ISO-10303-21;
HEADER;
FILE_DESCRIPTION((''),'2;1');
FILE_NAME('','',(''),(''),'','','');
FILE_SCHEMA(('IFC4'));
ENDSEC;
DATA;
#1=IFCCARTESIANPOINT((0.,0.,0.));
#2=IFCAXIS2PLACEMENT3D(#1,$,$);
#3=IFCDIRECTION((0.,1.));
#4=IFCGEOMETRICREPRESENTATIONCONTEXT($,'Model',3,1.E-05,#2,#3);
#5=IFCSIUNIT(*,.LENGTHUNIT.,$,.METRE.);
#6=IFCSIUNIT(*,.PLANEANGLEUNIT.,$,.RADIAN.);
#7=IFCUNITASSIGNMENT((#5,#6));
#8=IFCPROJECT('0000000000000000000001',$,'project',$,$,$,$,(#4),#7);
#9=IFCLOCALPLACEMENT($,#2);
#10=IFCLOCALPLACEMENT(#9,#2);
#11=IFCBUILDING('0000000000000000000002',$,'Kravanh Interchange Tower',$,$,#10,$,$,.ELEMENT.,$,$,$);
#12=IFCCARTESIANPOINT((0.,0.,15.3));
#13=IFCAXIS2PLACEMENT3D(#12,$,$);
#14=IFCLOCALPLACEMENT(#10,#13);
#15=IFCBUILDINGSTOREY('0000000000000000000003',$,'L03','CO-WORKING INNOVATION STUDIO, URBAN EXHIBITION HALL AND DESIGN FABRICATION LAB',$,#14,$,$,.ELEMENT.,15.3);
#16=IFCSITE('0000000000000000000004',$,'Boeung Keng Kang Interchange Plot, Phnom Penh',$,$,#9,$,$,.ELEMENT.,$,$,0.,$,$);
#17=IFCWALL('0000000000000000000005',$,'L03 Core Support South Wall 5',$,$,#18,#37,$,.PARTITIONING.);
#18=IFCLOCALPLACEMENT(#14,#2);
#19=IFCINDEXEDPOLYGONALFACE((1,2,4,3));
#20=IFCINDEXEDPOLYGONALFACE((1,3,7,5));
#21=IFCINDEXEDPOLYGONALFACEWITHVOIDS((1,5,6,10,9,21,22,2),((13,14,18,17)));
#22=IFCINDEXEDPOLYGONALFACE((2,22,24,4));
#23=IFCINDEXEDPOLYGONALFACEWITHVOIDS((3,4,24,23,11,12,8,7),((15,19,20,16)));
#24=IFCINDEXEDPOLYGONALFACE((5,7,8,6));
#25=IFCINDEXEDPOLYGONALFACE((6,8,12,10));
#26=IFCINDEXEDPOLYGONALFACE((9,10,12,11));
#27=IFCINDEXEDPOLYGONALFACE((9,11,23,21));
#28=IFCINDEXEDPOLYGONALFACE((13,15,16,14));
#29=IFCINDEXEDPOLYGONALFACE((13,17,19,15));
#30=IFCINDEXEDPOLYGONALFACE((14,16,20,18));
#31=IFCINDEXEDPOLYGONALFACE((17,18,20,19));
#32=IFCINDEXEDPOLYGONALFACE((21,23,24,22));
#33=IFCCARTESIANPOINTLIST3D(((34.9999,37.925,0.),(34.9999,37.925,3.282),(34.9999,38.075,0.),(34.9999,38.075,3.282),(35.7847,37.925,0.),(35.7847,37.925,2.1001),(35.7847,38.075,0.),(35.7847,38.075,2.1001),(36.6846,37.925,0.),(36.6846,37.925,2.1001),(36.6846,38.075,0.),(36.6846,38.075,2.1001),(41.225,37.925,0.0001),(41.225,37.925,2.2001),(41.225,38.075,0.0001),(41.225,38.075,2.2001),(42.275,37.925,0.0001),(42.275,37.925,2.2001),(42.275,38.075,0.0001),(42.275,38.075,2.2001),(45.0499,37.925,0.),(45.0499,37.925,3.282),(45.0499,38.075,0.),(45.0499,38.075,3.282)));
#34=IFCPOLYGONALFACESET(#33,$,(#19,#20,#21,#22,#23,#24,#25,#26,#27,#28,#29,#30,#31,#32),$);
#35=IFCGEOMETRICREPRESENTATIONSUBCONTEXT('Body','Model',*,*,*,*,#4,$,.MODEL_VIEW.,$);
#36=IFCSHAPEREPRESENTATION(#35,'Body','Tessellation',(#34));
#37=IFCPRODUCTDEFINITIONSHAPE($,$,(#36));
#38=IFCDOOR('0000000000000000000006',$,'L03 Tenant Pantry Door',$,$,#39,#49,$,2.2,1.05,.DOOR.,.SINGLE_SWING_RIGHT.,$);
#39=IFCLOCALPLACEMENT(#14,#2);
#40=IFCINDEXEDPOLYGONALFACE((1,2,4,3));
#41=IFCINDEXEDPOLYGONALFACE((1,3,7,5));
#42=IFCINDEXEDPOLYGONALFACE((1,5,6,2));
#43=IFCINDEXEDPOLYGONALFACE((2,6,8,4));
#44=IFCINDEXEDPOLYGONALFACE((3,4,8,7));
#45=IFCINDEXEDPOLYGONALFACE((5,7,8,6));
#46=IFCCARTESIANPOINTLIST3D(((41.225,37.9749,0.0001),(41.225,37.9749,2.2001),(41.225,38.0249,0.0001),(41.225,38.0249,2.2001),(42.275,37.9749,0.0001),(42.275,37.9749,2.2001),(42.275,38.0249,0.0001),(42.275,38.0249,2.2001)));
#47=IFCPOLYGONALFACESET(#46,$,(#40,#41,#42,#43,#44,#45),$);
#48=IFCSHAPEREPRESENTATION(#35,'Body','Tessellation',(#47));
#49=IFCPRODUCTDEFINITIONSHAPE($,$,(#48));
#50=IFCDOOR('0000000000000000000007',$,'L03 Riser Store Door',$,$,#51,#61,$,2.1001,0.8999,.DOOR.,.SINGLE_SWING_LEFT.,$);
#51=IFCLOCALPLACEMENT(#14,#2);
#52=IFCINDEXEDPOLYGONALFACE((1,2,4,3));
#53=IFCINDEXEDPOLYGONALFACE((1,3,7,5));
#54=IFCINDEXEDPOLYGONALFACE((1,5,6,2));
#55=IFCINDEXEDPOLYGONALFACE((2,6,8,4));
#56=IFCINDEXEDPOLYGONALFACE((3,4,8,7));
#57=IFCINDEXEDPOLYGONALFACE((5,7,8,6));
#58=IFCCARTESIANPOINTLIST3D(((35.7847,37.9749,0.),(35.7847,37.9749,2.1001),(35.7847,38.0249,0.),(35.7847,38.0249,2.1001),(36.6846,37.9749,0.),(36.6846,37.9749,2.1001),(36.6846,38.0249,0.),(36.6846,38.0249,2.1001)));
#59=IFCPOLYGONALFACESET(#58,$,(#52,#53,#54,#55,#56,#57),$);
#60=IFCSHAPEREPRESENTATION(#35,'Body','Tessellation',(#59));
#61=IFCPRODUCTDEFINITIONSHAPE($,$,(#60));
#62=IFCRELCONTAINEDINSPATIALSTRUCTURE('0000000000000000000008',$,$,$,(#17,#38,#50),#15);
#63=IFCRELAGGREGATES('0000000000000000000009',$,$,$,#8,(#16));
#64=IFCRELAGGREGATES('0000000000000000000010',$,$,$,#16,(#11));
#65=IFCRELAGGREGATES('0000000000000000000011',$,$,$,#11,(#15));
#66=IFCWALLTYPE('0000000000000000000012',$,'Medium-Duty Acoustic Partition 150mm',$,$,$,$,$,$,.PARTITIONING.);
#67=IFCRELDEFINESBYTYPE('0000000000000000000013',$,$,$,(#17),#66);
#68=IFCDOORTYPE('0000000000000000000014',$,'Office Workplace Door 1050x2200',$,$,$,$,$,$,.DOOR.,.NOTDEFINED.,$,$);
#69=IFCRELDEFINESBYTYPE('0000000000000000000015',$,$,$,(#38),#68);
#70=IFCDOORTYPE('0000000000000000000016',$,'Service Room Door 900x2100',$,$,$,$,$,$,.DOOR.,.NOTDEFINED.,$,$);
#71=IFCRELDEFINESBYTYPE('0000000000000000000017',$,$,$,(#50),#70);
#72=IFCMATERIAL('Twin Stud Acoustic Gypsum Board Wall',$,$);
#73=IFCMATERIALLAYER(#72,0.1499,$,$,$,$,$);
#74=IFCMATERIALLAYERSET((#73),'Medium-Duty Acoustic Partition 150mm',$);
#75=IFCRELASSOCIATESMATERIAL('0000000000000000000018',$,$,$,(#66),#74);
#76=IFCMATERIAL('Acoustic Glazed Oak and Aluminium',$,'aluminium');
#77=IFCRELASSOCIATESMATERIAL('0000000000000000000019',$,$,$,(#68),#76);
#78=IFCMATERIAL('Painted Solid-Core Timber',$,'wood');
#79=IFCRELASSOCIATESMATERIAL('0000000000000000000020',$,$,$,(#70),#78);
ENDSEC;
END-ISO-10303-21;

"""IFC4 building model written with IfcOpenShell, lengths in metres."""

from ifc_helpers import new_model, si_unit, direction, frame, frame_2d, origin, place, context, subcontext, project, spatial, rectangle, extrude, material, layer, layer_set, type_object, element, fill, save


model = new_model("IFC4")

# Units and contexts
model_context = context("Model", 3, precision=1e-05, world=origin(), true_north=direction((0.0, 1.0)))
body_context = subcontext(model_context, "Body", "Model", "MODEL_VIEW")
ifc_project = project(units=[si_unit("LENGTHUNIT", "METRE"), si_unit("PLANEANGLEUNIT", "RADIAN")], contexts=[model_context])

# Site, building, storey
site_placement = place(None, origin())
site = spatial("IfcSite", under=ifc_project, at=site_placement, Name="Boeung Keng Kang Interchange Plot, Phnom Penh", CompositionType="ELEMENT", RefElevation=0.0)
building_placement = place(site_placement, origin())
building = spatial("IfcBuilding", under=site, at=building_placement, Name="Kravanh Interchange Tower", CompositionType="ELEMENT")
storey_placement = place(building_placement, frame((0.0, 0.0, 15.3)))
storey = spatial("IfcBuildingStorey", under=building, at=storey_placement, Name="L03", Description="CO-WORKING INNOVATION STUDIO, URBAN EXHIBITION HALL AND DESIGN FABRICATION LAB", CompositionType="ELEMENT", Elevation=15.3)

# Wall, openings, doors
ifc_material_1 = material(Name="Twin Stud Acoustic Gypsum Board Wall")
ifc_layer_1 = layer(ifc_material_1, 0.1499)
ifc_layer_set_1 = layer_set([ifc_layer_1], Name="Medium-Duty Acoustic Partition 150mm")
wall_type_1 = type_object("IfcWallType", Name="Medium-Duty Acoustic Partition 150mm", PredefinedType="PARTITIONING", material=ifc_layer_set_1)
wall_1_placement = place(storey_placement, frame((35.0, 38.0, 0.0), z_axis=(0.0, 0.0, 1.0), x_axis=(1.0, 0.0, 0.0)))
wall_1 = element("IfcWall", 1, at=wall_1_placement, inside=storey, type_object=wall_type_1, Name="L03 Core Support South Wall 5", PredefinedType="PARTITIONING", context=body_context, shape_type="SweptSolid", body=[
    extrude(rectangle(XDim=10.05, YDim=0.1499, at=frame_2d((5.0249, 0.0))), origin(), (0.0, 0.0, 1.0), 3.282),
])
opening_1_placement = place(wall_1_placement, frame((0.7847, 0.0, 0.0)))
opening_1 = element("IfcOpeningElement", 2, at=opening_1_placement, cuts=wall_1, PredefinedType="OPENING", context=body_context, shape_type="SweptSolid", body=[
    extrude(rectangle(XDim=0.8999, YDim=2.1001, at=frame_2d((0.45, 1.05))), frame((0.0, 0.085, 0.0), z_axis=(0.0, -1.0, 0.0), x_axis=(1.0, 0.0, 0.0)), (0.0, 0.0, 1.0), 0.1699),
])
opening_2_placement = place(wall_1_placement, frame((6.2251, 0.0, 0.0)))
opening_2 = element("IfcOpeningElement", 3, at=opening_2_placement, cuts=wall_1, PredefinedType="OPENING", context=body_context, shape_type="SweptSolid", body=[
    extrude(rectangle(XDim=1.05, YDim=2.2, at=frame_2d((0.5249, 1.1001))), frame((0.0, 0.085, 0.0), z_axis=(0.0, -1.0, 0.0), x_axis=(1.0, 0.0, 0.0)), (0.0, 0.0, 1.0), 0.1699),
])
ifc_material_2 = material(Name="Acoustic Glazed Oak and Aluminium", Category="aluminium")
door_type_1 = type_object("IfcDoorType", Name="Office Workplace Door 1050x2200", OperationType="NOTDEFINED", PredefinedType="DOOR", material=ifc_material_2)
door_1_placement = place(opening_2_placement, origin())
door_1 = element("IfcDoor", 4, at=door_1_placement, inside=storey, type_object=door_type_1, Name="L03 Tenant Pantry Door", OperationType="SINGLE_SWING_RIGHT", OverallHeight=2.2, OverallWidth=1.05, PredefinedType="DOOR", context=body_context, shape_type="SweptSolid", body=[
    extrude(rectangle(XDim=1.05, YDim=2.2, at=frame_2d((0.5249, 1.1001))), frame((0.0, 0.0249, 0.0), z_axis=(0.0, -1.0, 0.0), x_axis=(1.0, 0.0, 0.0)), (0.0, 0.0, 1.0), 0.05),
])
fill(opening_2, door_1)
ifc_material_3 = material(Name="Painted Solid-Core Timber", Category="wood")
door_type_2 = type_object("IfcDoorType", Name="Service Room Door 900x2100", OperationType="NOTDEFINED", PredefinedType="DOOR", material=ifc_material_3)
door_2_placement = place(opening_1_placement, origin())
door_2 = element("IfcDoor", 5, at=door_2_placement, inside=storey, type_object=door_type_2, Name="L03 Riser Store Door", OperationType="SINGLE_SWING_LEFT", OverallHeight=2.1001, OverallWidth=0.8999, PredefinedType="DOOR", context=body_context, shape_type="SweptSolid", body=[
    extrude(rectangle(XDim=0.8999, YDim=2.1001, at=frame_2d((0.45, 1.05))), frame((0.0, 0.0249, 0.0), z_axis=(0.0, -1.0, 0.0), x_axis=(1.0, 0.0, 0.0)), (0.0, 0.0, 1.0), 0.05),
])
fill(opening_1, door_2)

save(model, "model.ifc")
